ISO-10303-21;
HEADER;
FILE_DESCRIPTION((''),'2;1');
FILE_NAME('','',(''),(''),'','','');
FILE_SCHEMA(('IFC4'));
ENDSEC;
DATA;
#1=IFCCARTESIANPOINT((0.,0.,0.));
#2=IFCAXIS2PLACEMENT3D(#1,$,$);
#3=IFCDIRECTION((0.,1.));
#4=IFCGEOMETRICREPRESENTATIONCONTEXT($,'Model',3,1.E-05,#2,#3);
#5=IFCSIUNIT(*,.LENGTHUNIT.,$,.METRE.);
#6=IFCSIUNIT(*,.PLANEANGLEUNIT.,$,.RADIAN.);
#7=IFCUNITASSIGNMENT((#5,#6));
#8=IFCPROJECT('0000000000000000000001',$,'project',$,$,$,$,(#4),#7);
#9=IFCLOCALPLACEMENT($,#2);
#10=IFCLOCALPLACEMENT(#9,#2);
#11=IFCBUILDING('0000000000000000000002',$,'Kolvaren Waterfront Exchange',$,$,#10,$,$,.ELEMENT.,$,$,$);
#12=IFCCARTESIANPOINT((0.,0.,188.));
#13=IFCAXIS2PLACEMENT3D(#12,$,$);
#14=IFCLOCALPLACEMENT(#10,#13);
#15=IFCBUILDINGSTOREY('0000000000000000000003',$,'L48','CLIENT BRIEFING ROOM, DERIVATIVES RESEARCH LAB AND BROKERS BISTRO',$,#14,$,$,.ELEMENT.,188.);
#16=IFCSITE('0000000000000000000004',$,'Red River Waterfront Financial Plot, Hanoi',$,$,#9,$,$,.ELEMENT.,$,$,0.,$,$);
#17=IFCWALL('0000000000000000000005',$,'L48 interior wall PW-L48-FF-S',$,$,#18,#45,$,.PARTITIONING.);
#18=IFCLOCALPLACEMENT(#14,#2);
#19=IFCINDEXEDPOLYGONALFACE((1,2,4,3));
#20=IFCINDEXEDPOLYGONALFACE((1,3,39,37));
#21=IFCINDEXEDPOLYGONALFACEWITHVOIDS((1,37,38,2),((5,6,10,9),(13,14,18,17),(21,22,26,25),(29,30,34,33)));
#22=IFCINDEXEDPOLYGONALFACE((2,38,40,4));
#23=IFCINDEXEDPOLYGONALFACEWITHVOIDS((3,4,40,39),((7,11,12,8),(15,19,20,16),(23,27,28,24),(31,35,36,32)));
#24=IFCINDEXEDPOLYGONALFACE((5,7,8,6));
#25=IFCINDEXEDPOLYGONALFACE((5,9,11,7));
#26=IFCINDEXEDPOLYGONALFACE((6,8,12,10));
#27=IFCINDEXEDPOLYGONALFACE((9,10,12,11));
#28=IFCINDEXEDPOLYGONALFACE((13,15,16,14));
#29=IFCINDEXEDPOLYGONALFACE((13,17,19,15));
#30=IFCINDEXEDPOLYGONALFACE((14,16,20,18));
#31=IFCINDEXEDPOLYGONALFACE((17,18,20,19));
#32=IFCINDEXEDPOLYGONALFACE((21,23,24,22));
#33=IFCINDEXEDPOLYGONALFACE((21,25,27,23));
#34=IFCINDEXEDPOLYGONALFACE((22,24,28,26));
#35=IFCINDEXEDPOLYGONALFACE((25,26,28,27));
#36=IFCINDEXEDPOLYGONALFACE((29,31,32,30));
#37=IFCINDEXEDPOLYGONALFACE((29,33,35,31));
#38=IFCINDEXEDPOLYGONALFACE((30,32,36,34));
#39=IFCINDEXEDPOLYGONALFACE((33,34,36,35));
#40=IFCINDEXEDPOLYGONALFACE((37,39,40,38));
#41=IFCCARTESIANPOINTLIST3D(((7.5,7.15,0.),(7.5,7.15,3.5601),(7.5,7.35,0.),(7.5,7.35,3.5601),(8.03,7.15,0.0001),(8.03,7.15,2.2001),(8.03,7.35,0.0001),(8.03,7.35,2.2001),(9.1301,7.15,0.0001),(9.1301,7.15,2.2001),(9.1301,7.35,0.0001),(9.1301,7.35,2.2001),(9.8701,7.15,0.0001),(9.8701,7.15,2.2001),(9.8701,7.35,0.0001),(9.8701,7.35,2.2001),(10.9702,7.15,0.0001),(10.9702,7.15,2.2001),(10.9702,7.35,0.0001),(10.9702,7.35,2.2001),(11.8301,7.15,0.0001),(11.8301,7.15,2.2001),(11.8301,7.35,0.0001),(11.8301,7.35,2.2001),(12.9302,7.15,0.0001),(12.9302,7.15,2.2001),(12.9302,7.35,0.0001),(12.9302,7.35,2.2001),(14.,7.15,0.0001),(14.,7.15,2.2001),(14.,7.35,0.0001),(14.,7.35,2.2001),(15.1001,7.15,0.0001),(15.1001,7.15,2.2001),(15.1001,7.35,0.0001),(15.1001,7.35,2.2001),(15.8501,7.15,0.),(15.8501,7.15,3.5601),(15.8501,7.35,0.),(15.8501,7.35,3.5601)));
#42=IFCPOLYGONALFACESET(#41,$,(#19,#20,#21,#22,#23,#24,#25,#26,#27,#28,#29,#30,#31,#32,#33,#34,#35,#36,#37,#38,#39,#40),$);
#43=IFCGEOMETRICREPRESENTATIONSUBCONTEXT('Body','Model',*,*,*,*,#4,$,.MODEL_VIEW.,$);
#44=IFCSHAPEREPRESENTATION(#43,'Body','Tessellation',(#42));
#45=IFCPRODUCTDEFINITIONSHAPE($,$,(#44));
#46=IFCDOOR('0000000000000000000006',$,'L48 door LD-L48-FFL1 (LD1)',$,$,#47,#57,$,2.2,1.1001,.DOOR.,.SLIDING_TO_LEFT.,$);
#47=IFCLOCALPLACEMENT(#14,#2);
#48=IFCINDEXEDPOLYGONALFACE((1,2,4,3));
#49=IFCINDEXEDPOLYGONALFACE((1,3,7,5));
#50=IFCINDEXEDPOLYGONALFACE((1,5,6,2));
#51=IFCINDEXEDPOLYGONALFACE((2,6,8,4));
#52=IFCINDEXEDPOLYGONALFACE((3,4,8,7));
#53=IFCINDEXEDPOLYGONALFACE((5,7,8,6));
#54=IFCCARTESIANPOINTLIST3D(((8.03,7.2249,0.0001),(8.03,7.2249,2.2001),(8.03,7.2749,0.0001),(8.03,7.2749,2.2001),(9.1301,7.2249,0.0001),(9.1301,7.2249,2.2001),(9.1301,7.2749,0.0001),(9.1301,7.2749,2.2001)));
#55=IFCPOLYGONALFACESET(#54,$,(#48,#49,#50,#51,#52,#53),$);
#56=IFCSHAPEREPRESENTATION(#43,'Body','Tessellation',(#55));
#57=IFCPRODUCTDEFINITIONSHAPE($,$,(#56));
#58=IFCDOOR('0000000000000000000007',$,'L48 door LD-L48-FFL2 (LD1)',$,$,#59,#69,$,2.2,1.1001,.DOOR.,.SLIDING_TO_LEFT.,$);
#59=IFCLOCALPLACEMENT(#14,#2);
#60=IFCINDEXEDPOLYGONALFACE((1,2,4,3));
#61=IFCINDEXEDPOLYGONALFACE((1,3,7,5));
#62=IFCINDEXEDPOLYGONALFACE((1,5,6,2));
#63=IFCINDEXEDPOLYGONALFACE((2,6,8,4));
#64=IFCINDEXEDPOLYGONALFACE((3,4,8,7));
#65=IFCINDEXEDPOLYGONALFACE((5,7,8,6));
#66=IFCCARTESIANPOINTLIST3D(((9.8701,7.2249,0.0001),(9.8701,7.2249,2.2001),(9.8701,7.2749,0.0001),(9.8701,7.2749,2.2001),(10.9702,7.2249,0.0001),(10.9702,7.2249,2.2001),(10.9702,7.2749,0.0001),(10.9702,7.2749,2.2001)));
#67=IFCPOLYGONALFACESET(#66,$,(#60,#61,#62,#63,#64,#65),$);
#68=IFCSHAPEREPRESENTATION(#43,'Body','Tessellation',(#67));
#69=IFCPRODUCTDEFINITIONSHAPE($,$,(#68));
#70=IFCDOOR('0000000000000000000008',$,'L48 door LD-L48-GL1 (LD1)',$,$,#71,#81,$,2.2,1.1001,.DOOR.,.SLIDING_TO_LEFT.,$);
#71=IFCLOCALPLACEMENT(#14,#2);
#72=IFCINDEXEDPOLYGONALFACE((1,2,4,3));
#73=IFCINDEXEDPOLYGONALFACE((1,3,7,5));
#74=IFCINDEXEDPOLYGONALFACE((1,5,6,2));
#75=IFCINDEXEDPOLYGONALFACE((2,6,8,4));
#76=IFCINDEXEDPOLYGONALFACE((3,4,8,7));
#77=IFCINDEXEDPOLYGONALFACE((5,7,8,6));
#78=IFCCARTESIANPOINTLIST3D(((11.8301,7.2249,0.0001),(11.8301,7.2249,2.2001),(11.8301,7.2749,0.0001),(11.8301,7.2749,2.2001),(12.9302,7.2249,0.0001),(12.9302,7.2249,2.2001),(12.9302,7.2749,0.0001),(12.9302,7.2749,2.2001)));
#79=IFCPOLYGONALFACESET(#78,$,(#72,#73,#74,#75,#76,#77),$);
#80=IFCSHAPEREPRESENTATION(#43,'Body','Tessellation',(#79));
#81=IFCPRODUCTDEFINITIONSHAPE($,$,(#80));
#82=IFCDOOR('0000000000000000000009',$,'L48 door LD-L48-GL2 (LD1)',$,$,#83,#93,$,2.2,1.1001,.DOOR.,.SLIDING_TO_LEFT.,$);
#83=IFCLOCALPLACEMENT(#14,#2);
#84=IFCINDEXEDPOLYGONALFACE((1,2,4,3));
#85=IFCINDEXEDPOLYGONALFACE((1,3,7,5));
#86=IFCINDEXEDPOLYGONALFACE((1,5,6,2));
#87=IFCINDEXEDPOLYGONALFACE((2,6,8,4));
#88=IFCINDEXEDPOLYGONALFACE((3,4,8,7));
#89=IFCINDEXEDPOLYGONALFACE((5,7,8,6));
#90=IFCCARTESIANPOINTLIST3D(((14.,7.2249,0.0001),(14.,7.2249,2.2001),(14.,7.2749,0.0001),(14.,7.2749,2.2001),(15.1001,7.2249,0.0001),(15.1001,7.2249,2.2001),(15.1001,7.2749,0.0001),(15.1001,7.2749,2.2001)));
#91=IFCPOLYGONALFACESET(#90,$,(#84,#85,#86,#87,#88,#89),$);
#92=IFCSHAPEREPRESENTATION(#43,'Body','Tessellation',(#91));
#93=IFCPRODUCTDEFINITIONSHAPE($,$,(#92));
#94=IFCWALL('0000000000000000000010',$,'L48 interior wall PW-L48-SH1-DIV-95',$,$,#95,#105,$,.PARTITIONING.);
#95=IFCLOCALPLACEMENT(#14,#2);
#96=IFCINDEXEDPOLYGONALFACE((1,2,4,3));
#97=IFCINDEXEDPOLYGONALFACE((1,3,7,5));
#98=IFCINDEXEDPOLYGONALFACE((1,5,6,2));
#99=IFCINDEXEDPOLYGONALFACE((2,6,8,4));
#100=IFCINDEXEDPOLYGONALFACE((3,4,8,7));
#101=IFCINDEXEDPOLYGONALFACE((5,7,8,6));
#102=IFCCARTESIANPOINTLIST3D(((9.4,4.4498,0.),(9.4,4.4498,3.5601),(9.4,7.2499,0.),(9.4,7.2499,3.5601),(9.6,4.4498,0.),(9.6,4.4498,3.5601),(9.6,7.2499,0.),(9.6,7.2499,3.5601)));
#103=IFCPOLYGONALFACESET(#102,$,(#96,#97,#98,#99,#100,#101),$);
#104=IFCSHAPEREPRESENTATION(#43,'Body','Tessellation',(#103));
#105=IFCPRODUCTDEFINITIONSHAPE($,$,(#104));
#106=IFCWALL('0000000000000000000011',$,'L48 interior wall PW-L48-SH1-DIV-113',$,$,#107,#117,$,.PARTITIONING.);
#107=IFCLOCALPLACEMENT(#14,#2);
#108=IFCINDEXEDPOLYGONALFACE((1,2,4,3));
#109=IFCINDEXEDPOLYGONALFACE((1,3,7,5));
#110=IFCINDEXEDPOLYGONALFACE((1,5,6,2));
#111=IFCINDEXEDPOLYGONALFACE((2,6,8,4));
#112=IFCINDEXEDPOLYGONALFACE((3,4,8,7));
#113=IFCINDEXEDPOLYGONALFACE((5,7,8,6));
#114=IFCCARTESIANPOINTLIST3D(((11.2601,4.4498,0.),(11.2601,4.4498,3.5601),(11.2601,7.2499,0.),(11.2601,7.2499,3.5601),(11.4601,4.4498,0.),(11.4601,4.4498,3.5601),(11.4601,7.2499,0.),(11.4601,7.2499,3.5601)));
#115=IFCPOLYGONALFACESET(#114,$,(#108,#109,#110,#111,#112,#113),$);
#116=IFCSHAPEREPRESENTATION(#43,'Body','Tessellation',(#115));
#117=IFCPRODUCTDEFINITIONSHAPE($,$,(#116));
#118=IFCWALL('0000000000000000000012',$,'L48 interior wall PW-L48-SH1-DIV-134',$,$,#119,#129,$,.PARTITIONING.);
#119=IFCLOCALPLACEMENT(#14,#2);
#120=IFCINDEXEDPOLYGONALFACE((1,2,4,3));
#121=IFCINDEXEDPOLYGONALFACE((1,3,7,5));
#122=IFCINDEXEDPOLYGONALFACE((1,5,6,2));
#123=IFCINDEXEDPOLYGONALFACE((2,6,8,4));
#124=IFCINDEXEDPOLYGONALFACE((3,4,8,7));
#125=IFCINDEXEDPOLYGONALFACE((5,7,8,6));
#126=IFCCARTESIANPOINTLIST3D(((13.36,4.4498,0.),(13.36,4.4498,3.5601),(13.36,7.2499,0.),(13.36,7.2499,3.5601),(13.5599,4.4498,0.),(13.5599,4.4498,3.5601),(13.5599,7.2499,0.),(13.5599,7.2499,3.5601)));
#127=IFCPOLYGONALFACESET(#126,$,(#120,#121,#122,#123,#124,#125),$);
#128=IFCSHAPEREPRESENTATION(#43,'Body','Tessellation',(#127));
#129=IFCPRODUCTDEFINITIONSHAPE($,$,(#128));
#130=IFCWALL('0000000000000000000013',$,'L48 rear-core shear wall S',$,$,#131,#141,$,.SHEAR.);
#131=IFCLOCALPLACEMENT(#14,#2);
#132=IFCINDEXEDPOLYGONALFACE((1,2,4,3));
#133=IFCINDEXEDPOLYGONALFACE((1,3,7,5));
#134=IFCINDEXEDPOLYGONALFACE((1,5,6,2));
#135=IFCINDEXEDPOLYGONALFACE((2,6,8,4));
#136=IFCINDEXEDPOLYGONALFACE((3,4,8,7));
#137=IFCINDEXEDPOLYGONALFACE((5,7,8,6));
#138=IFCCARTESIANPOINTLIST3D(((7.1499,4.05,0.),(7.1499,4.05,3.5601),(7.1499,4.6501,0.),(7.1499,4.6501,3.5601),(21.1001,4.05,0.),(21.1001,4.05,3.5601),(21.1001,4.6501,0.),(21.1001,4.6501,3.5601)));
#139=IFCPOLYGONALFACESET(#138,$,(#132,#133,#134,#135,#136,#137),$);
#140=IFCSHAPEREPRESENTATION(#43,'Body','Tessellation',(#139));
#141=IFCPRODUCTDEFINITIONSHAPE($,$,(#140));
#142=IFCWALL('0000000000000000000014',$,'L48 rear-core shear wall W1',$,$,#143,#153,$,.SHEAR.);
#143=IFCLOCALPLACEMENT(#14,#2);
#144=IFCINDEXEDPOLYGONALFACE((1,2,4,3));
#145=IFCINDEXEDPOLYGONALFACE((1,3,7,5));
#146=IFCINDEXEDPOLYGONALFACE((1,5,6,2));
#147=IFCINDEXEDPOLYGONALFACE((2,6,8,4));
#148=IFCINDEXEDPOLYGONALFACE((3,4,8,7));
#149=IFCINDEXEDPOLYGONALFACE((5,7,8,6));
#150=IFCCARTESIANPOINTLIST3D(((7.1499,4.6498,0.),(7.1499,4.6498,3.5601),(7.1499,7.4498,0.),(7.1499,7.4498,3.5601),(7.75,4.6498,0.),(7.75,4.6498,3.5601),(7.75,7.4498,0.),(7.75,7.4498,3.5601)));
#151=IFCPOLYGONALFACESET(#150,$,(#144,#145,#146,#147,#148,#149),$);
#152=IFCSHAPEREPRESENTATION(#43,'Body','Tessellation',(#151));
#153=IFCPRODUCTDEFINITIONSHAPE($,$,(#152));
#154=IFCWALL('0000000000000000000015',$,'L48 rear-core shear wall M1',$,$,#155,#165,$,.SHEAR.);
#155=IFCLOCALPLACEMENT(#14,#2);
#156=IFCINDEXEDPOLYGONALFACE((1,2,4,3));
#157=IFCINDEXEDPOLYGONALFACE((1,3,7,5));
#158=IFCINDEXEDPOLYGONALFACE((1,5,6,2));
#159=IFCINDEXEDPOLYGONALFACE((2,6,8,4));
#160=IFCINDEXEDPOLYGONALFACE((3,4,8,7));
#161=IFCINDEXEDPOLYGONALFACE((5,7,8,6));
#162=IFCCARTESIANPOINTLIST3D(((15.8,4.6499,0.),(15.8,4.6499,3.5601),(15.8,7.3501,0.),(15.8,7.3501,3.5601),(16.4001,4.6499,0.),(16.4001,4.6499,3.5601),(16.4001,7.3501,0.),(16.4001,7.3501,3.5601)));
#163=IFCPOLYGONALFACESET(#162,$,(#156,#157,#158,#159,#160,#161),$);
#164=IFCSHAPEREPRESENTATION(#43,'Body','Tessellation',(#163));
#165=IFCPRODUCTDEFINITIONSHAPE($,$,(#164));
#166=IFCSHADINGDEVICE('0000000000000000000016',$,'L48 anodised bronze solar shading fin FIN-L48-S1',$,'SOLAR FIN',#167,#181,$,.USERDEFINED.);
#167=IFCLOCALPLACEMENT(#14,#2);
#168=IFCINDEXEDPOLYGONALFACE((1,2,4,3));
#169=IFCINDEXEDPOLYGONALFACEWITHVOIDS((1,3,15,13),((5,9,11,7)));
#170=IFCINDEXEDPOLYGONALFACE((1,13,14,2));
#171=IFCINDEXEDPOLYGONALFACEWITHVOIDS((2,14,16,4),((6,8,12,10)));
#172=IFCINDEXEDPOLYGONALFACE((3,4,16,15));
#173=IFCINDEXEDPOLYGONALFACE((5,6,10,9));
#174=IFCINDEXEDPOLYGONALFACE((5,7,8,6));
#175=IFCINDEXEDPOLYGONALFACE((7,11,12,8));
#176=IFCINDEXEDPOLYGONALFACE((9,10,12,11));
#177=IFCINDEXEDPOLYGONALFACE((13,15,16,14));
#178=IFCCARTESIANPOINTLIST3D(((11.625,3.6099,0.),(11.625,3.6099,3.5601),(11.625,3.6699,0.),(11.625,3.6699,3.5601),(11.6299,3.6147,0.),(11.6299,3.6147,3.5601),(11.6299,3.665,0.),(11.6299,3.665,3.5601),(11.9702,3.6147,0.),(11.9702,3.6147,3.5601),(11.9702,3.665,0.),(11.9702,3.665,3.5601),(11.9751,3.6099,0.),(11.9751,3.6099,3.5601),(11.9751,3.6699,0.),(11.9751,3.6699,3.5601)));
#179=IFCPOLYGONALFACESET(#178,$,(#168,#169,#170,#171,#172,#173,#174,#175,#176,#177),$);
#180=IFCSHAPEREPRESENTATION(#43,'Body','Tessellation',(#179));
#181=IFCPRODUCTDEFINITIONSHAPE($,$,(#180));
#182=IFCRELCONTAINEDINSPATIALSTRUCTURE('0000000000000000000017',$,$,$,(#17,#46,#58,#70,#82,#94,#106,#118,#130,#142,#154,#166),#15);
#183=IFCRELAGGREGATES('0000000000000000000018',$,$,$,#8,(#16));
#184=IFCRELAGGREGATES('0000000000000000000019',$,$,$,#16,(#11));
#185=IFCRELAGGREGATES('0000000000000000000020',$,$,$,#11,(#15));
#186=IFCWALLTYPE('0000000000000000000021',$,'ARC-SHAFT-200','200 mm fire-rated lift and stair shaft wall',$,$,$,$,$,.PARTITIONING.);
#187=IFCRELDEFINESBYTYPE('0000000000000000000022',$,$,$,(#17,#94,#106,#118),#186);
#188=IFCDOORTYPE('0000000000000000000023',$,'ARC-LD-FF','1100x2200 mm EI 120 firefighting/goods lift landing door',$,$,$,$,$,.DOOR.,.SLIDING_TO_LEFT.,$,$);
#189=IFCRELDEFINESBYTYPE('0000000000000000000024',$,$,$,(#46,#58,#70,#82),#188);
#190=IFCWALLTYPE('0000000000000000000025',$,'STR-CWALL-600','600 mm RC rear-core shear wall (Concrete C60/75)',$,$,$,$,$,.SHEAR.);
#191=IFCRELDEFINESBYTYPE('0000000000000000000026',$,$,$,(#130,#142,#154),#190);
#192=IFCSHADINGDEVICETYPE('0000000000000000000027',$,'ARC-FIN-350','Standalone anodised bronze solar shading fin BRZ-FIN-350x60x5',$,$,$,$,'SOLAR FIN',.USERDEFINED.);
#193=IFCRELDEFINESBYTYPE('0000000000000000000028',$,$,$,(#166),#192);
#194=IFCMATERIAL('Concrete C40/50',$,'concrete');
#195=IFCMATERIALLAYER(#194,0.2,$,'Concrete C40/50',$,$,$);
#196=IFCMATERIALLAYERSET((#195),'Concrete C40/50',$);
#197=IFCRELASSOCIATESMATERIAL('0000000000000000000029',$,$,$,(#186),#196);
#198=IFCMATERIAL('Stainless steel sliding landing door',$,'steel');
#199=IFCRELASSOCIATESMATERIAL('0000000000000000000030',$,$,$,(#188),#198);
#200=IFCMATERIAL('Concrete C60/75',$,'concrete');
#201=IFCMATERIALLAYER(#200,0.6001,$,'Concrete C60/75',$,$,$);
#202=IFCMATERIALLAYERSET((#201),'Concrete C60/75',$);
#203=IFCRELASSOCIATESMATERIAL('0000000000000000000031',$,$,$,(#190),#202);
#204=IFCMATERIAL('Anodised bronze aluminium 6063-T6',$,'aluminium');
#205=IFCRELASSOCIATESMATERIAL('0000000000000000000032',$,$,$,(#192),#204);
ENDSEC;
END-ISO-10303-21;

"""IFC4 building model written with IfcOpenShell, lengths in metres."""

from ifc_helpers import new_model, si_unit, direction, frame, frame_2d, origin, origin_2d, place, context, subcontext, project, spatial, rectangle, hollow_rectangle, extrude, material, layer, layer_set, material_profile, profile_set, type_object, element, fill, save


model = new_model("IFC4")

# Units and contexts
model_context = context("Model", 3, precision=1e-05, world=origin(), true_north=direction((0.0, 1.0)))
body_context = subcontext(model_context, "Body", "Model", "MODEL_VIEW")
ifc_project = project(units=[si_unit("LENGTHUNIT", "METRE"), si_unit("PLANEANGLEUNIT", "RADIAN")], contexts=[model_context])

# Site, building, storey
site_placement = place(None, origin())
site = spatial("IfcSite", under=ifc_project, at=site_placement, Name="Red River Waterfront Financial Plot, Hanoi", CompositionType="ELEMENT", RefElevation=0.0)
building_placement = place(site_placement, origin())
building = spatial("IfcBuilding", under=site, at=building_placement, Name="Kolvaren Waterfront Exchange", CompositionType="ELEMENT")
storey_placement = place(building_placement, frame((0.0, 0.0, 188.0)))
storey = spatial("IfcBuildingStorey", under=building, at=storey_placement, Name="L48", Description="CLIENT BRIEFING ROOM, DERIVATIVES RESEARCH LAB AND BROKERS BISTRO", CompositionType="ELEMENT", Elevation=188.0)

# Shared definitions
ifc_material_1 = material(Name="Concrete C60/75", Category="concrete")

# Shared definitions
ifc_material_2 = material(Name="Anodised bronze aluminium 6063-T6", Category="aluminium")

# Shared definitions
ifc_material_3 = material(Name="Concrete C40/50", Category="concrete")
ifc_layer_1 = layer(ifc_material_3, 0.2, Name="Concrete C40/50")
ifc_layer_set_1 = layer_set([ifc_layer_1], Name="Concrete C40/50")
wall_type_1 = type_object("IfcWallType", Name="ARC-SHAFT-200", Description="200 mm fire-rated lift and stair shaft wall", PredefinedType="PARTITIONING", material=ifc_layer_set_1)

# Wall, openings, doors
wall_1_placement = place(storey_placement, frame((7.5, 7.25, 0.0), z_axis=(0.0, 0.0, 1.0), x_axis=(1.0, 0.0, 0.0)))
wall_1 = element("IfcWall", 1, at=wall_1_placement, inside=storey, type_object=wall_type_1, Name="L48 interior wall PW-L48-FF-S", PredefinedType="PARTITIONING", context=body_context, shape_type="SweptSolid", body=[
    extrude(rectangle(XDim=8.3501, YDim=0.2, at=frame_2d((4.175, 0.0))), origin(), (0.0, 0.0, 1.0), 3.5601),
])
opening_1_placement = place(wall_1_placement, frame((0.53, 0.0, 0.0)))
opening_1 = element("IfcOpeningElement", 2, at=opening_1_placement, cuts=wall_1, PredefinedType="OPENING", context=body_context, shape_type="SweptSolid", body=[
    extrude(rectangle(XDim=1.1001, YDim=2.2, at=frame_2d((0.55, 1.1001))), frame((0.0, 0.1099, 0.0), z_axis=(0.0, -1.0, 0.0), x_axis=(1.0, 0.0, 0.0)), (0.0, 0.0, 1.0), 0.22),
])
opening_2_placement = place(wall_1_placement, frame((2.3701, 0.0, 0.0)))
opening_2 = element("IfcOpeningElement", 3, at=opening_2_placement, cuts=wall_1, PredefinedType="OPENING", context=body_context, shape_type="SweptSolid", body=[
    extrude(rectangle(XDim=1.1001, YDim=2.2, at=frame_2d((0.55, 1.1001))), frame((0.0, 0.1099, 0.0), z_axis=(0.0, -1.0, 0.0), x_axis=(1.0, 0.0, 0.0)), (0.0, 0.0, 1.0), 0.22),
])
opening_3_placement = place(wall_1_placement, frame((4.3301, 0.0, 0.0)))
opening_3 = element("IfcOpeningElement", 4, at=opening_3_placement, cuts=wall_1, PredefinedType="OPENING", context=body_context, shape_type="SweptSolid", body=[
    extrude(rectangle(XDim=1.1001, YDim=2.2, at=frame_2d((0.55, 1.1001))), frame((0.0, 0.1099, 0.0), z_axis=(0.0, -1.0, 0.0), x_axis=(1.0, 0.0, 0.0)), (0.0, 0.0, 1.0), 0.22),
])
opening_4_placement = place(wall_1_placement, frame((6.5, 0.0, 0.0)))
opening_4 = element("IfcOpeningElement", 5, at=opening_4_placement, cuts=wall_1, PredefinedType="OPENING", context=body_context, shape_type="SweptSolid", body=[
    extrude(rectangle(XDim=1.1001, YDim=2.2, at=frame_2d((0.55, 1.1001))), frame((0.0, 0.1099, 0.0), z_axis=(0.0, -1.0, 0.0), x_axis=(1.0, 0.0, 0.0)), (0.0, 0.0, 1.0), 0.22),
])
ifc_material_4 = material(Name="Stainless steel sliding landing door", Category="steel")
door_type_1 = type_object("IfcDoorType", Name="ARC-LD-FF", Description="1100x2200 mm EI 120 firefighting/goods lift landing door", OperationType="SLIDING_TO_LEFT", PredefinedType="DOOR", material=ifc_material_4)
door_1_placement = place(opening_1_placement, origin())
door_1 = element("IfcDoor", 6, at=door_1_placement, inside=storey, type_object=door_type_1, Name="L48 door LD-L48-FFL1 (LD1)", OperationType="SLIDING_TO_LEFT", OverallHeight=2.2, OverallWidth=1.1001, PredefinedType="DOOR", context=body_context, shape_type="SweptSolid", body=[
    extrude(rectangle(XDim=1.1001, YDim=2.2, at=frame_2d((0.55, 1.1001))), frame((0.0, 0.0249, 0.0), z_axis=(0.0, -1.0, 0.0), x_axis=(1.0, 0.0, 0.0)), (0.0, 0.0, 1.0), 0.05),
])
fill(opening_1, door_1)
door_2_placement = place(opening_2_placement, origin())
door_2 = element("IfcDoor", 7, at=door_2_placement, inside=storey, type_object=door_type_1, Name="L48 door LD-L48-FFL2 (LD1)", OperationType="SLIDING_TO_LEFT", OverallHeight=2.2, OverallWidth=1.1001, PredefinedType="DOOR", context=body_context, shape_type="SweptSolid", body=[
    extrude(rectangle(XDim=1.1001, YDim=2.2, at=frame_2d((0.55, 1.1001))), frame((0.0, 0.0249, 0.0), z_axis=(0.0, -1.0, 0.0), x_axis=(1.0, 0.0, 0.0)), (0.0, 0.0, 1.0), 0.05),
])
fill(opening_2, door_2)
door_3_placement = place(opening_3_placement, origin())
door_3 = element("IfcDoor", 8, at=door_3_placement, inside=storey, type_object=door_type_1, Name="L48 door LD-L48-GL1 (LD1)", OperationType="SLIDING_TO_LEFT", OverallHeight=2.2, OverallWidth=1.1001, PredefinedType="DOOR", context=body_context, shape_type="SweptSolid", body=[
    extrude(rectangle(XDim=1.1001, YDim=2.2, at=frame_2d((0.55, 1.1001))), frame((0.0, 0.0249, 0.0), z_axis=(0.0, -1.0, 0.0), x_axis=(1.0, 0.0, 0.0)), (0.0, 0.0, 1.0), 0.05),
])
fill(opening_3, door_3)
door_4_placement = place(opening_4_placement, origin())
door_4 = element("IfcDoor", 9, at=door_4_placement, inside=storey, type_object=door_type_1, Name="L48 door LD-L48-GL2 (LD1)", OperationType="SLIDING_TO_LEFT", OverallHeight=2.2, OverallWidth=1.1001, PredefinedType="DOOR", context=body_context, shape_type="SweptSolid", body=[
    extrude(rectangle(XDim=1.1001, YDim=2.2, at=frame_2d((0.55, 1.1001))), frame((0.0, 0.0249, 0.0), z_axis=(0.0, -1.0, 0.0), x_axis=(1.0, 0.0, 0.0)), (0.0, 0.0, 1.0), 0.05),
])
fill(opening_4, door_4)

# Walls
for number, where, z_axis, x_axis, name in (
    (10, (9.5, 4.45, 0.0), (0.0, 0.0, 1.0), (0.0, 1.0, 0.0), "L48 interior wall PW-L48-SH1-DIV-95"),
    (11, (11.3601, 4.45, 0.0), (0.0, 0.0, 1.0), (0.0, 1.0, 0.0), "L48 interior wall PW-L48-SH1-DIV-113"),
    (12, (13.46, 4.45, 0.0), (0.0, 0.0, 1.0), (0.0, 1.0, 0.0), "L48 interior wall PW-L48-SH1-DIV-134"),
):
    element("IfcWall", number, at=place(storey_placement, frame(where, z_axis=z_axis, x_axis=x_axis)), inside=storey, type_object=wall_type_1, Name=name, PredefinedType="PARTITIONING", context=body_context, shape_type="SweptSolid", body=[
        extrude(rectangle(XDim=2.8, YDim=0.2, at=frame_2d((1.3999, 0.0))), origin(), (0.0, 0.0, 1.0), 3.5601),
    ])
ifc_layer_2 = layer(ifc_material_1, 0.6001, Name="Concrete C60/75")
ifc_layer_set_2 = layer_set([ifc_layer_2], Name="Concrete C60/75")
wall_type_2 = type_object("IfcWallType", Name="STR-CWALL-600", Description="600 mm RC rear-core shear wall (Concrete C60/75)", PredefinedType="SHEAR", material=ifc_layer_set_2)
wall_2_placement = place(storey_placement, frame((7.1499, 4.3501, 0.0), z_axis=(0.0, 0.0, 1.0), x_axis=(1.0, 0.0, 0.0)))
element("IfcWall", 13, at=wall_2_placement, inside=storey, type_object=wall_type_2, Name="L48 rear-core shear wall S", PredefinedType="SHEAR", context=body_context, shape_type="SweptSolid", body=[
    extrude(rectangle(XDim=13.9502, YDim=0.6001, at=frame_2d((6.9751, 0.0))), origin(), (0.0, 0.0, 1.0), 3.5601),
])
wall_3_placement = place(storey_placement, frame((7.45, 4.6499, 0.0), z_axis=(0.0, 0.0, 1.0), x_axis=(0.0, 1.0, 0.0)))
element("IfcWall", 14, at=wall_3_placement, inside=storey, type_object=wall_type_2, Name="L48 rear-core shear wall W1", PredefinedType="SHEAR", context=body_context, shape_type="SweptSolid", body=[
    extrude(rectangle(XDim=2.8, YDim=0.6001, at=frame_2d((1.3999, 0.0))), origin(), (0.0, 0.0, 1.0), 3.5601),
])
wall_4_placement = place(storey_placement, frame((16.1001, 4.6499, 0.0), z_axis=(0.0, 0.0, 1.0), x_axis=(0.0, 1.0, 0.0)))
element("IfcWall", 15, at=wall_4_placement, inside=storey, type_object=wall_type_2, Name="L48 rear-core shear wall M1", PredefinedType="SHEAR", context=body_context, shape_type="SweptSolid", body=[
    extrude(rectangle(XDim=2.7002, YDim=0.6001, at=frame_2d((1.3501, 0.0))), origin(), (0.0, 0.0, 1.0), 3.5601),
])

# Shading device
ifc_material_profile_1 = material_profile(ifc_material_2, hollow_rectangle(XDim=0.0601, YDim=0.3501, WallThickness=0.0049, at=origin_2d()), Name="BRZ-FIN-350x60x5")
ifc_profile_set_1 = profile_set([ifc_material_profile_1], Name="Anodised bronze aluminium 6063-T6")
shading_device_type = type_object("IfcShadingDeviceType", Name="ARC-FIN-350", Description="Standalone anodised bronze solar shading fin BRZ-FIN-350x60x5", ElementType="SOLAR FIN", PredefinedType="USERDEFINED", material=ifc_profile_set_1)
shading_device_placement = place(storey_placement, frame((11.8, 3.6399, 0.0), z_axis=(0.0, 0.0, 1.0), x_axis=(0.0, -1.0, 0.0)))
element("IfcShadingDevice", 16, at=shading_device_placement, inside=storey, type_object=shading_device_type, Name="L48 anodised bronze solar shading fin FIN-L48-S1", ObjectType="SOLAR FIN", PredefinedType="USERDEFINED", context=body_context, shape_type="SweptSolid", body=[
    extrude(hollow_rectangle(XDim=0.0601, YDim=0.3501, WallThickness=0.0049, at=origin_2d()), origin(), (0.0, 0.0, 1.0), 3.5601),
])

save(model, "model.ifc")
